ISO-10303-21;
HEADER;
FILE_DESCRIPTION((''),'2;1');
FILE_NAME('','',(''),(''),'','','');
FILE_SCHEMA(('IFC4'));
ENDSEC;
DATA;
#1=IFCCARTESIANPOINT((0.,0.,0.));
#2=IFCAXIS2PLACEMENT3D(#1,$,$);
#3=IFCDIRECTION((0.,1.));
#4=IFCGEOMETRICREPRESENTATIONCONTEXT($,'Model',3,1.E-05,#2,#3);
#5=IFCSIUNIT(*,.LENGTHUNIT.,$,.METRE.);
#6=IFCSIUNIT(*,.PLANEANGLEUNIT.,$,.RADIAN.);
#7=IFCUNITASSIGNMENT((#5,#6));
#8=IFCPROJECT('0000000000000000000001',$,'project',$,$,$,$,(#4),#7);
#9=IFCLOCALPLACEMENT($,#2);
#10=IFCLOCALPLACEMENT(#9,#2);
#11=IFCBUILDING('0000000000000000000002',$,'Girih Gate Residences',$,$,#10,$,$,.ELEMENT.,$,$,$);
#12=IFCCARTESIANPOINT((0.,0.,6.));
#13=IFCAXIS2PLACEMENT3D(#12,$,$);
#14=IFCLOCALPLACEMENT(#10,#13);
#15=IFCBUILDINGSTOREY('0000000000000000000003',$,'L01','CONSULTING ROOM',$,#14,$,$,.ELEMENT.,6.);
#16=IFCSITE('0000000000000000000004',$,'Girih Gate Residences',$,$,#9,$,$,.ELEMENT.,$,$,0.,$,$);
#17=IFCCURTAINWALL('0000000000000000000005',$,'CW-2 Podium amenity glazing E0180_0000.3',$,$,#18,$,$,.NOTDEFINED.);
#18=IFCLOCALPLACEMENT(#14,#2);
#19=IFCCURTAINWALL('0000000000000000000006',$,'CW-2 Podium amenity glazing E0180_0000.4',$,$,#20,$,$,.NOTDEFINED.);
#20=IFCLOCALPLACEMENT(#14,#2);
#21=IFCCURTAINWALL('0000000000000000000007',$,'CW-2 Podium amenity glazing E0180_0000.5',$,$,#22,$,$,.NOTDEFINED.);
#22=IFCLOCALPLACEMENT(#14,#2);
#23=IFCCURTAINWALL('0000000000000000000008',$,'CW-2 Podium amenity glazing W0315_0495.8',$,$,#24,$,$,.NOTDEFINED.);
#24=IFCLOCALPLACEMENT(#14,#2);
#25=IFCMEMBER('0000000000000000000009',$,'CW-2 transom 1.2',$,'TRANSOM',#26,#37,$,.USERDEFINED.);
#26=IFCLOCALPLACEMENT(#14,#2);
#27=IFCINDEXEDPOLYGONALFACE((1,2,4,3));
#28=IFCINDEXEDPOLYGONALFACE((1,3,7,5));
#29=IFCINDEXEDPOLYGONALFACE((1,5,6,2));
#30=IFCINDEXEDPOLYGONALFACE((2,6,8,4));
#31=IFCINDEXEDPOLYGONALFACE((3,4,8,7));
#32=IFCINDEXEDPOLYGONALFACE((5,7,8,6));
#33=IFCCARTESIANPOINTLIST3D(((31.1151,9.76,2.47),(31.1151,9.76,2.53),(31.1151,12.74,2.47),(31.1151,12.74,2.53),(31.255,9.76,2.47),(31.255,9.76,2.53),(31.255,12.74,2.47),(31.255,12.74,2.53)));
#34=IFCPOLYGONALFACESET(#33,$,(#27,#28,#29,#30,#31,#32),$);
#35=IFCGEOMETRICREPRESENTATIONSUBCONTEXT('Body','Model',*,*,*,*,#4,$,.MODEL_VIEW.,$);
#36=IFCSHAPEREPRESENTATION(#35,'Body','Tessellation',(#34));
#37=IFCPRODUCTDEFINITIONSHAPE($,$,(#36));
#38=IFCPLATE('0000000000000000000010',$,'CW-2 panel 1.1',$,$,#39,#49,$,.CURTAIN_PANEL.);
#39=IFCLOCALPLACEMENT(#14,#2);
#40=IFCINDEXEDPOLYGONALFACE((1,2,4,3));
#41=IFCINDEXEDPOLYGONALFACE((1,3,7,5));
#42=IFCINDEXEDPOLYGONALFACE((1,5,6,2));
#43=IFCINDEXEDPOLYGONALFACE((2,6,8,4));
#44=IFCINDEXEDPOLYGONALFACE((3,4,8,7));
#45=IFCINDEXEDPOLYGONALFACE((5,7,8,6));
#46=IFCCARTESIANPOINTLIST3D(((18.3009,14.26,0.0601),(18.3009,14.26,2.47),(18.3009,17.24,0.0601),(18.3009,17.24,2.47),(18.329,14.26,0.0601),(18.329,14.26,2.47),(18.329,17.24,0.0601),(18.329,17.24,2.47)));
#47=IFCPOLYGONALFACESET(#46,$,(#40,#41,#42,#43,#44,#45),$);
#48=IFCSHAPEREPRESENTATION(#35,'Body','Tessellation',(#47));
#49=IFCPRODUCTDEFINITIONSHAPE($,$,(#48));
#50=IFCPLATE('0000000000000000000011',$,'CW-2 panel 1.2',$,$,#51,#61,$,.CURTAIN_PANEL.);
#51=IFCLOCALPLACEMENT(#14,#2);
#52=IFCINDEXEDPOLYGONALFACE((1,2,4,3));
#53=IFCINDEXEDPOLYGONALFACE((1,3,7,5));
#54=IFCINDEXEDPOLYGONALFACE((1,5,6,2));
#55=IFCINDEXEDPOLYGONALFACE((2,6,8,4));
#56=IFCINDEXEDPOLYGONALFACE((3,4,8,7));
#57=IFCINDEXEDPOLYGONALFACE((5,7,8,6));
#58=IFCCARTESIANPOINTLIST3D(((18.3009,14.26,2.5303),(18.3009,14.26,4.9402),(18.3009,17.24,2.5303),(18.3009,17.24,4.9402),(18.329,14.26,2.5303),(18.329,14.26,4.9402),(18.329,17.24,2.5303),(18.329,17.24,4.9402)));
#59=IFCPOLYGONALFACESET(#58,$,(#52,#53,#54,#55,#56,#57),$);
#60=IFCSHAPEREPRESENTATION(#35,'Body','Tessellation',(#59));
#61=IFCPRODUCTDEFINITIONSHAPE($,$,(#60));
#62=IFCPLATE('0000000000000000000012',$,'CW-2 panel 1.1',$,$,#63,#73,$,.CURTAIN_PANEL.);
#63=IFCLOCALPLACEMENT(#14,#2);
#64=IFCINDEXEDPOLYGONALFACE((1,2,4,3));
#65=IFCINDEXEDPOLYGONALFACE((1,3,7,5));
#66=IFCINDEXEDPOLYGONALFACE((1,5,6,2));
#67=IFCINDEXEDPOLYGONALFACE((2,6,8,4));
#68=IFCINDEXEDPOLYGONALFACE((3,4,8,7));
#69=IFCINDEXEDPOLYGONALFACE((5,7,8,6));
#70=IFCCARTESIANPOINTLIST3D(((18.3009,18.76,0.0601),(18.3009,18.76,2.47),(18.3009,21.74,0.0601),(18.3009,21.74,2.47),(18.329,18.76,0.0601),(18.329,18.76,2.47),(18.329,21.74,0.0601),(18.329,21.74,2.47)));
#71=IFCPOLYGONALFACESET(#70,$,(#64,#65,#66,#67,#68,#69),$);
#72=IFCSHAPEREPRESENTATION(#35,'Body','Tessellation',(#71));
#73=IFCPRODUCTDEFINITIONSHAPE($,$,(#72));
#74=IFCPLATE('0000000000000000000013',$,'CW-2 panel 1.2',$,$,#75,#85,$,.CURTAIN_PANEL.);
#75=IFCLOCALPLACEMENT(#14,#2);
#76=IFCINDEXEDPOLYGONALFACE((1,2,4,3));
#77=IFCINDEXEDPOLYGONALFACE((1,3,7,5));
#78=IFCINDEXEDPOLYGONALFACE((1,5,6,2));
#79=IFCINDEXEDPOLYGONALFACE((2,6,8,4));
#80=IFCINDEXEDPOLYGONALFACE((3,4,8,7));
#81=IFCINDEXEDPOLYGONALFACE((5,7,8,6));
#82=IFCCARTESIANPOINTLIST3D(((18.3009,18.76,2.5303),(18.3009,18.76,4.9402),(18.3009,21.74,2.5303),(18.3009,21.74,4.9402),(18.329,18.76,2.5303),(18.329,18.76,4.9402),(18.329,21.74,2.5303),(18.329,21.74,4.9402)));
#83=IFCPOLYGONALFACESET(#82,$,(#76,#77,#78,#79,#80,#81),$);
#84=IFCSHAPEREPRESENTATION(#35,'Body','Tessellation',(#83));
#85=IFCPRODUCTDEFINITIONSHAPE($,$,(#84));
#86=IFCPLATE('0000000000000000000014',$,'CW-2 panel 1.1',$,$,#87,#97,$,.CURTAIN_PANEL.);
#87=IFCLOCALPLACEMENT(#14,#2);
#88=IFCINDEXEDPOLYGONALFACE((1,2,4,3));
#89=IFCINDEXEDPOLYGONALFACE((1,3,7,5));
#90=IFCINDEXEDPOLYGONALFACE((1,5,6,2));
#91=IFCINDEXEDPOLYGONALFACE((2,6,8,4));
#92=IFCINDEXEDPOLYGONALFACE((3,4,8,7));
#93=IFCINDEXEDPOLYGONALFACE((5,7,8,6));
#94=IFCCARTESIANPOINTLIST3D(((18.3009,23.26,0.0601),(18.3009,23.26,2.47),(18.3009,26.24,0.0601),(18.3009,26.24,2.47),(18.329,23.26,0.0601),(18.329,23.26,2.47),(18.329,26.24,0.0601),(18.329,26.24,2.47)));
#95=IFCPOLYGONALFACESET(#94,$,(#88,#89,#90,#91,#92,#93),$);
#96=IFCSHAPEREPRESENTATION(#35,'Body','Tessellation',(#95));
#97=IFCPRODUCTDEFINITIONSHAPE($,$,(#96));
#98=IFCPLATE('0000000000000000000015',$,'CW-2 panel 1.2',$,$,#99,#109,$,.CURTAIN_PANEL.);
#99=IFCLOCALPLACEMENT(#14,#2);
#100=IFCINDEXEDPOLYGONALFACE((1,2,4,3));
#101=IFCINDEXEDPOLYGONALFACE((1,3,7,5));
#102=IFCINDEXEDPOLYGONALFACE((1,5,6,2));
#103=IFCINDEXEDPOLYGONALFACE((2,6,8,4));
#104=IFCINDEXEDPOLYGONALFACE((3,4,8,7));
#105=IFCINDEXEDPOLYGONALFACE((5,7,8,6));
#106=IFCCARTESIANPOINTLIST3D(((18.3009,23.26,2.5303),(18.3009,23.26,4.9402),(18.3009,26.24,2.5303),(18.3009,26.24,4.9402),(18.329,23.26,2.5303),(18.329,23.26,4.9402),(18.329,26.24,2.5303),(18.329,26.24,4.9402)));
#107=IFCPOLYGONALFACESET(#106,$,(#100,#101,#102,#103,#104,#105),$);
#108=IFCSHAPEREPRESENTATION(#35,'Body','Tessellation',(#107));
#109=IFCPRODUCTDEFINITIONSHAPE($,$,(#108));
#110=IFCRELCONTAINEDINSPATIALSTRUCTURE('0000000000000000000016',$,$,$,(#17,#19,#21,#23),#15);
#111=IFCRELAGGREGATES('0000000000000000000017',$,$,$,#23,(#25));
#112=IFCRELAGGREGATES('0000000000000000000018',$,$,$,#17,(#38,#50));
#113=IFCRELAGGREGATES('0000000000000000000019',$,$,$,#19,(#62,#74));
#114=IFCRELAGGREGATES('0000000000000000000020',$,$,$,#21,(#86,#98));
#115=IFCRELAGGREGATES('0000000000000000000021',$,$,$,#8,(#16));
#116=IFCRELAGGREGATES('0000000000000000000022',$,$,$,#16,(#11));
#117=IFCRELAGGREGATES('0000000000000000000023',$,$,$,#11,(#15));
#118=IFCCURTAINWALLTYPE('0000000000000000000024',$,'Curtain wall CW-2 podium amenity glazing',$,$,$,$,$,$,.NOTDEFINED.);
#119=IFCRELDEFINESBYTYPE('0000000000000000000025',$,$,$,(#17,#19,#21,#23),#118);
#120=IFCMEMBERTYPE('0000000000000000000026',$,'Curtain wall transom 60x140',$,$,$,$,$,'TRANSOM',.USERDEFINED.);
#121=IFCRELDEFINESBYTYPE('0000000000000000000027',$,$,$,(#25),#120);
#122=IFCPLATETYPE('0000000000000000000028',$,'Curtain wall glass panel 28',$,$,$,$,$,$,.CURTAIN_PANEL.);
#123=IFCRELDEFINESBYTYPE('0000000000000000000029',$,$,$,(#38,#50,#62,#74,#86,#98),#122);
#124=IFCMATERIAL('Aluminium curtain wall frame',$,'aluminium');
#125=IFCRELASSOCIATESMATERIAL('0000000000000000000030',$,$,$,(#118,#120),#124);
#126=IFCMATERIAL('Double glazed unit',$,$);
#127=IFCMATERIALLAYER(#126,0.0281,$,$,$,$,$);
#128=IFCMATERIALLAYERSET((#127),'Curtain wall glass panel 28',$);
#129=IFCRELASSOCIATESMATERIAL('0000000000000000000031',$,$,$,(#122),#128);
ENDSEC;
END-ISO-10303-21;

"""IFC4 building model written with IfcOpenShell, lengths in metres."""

from ifc_helpers import new_model, si_unit, direction, frame, origin, origin_2d, place, context, subcontext, project, spatial, rectangle, extrude, material, layer, layer_set, material_profile, profile_set, type_object, element, aggregate, save


model = new_model("IFC4")

# Units and contexts
model_context = context("Model", 3, precision=1e-05, world=origin(), true_north=direction((0.0, 1.0)))
body_context = subcontext(model_context, "Body", "Model", "MODEL_VIEW")
ifc_project = project(units=[si_unit("LENGTHUNIT", "METRE"), si_unit("PLANEANGLEUNIT", "RADIAN")], contexts=[model_context])

# Site, building, storey
site_placement = place(None, origin())
site = spatial("IfcSite", under=ifc_project, at=site_placement, Name="Girih Gate Residences", CompositionType="ELEMENT", RefElevation=0.0)
building_placement = place(site_placement, origin())
building = spatial("IfcBuilding", under=site, at=building_placement, Name="Girih Gate Residences", CompositionType="ELEMENT")
storey_placement = place(building_placement, frame((0.0, 0.0, 6.0)))
storey = spatial("IfcBuildingStorey", under=building, at=storey_placement, Name="L01", Description="CONSULTING ROOM", CompositionType="ELEMENT", Elevation=6.0)

# Shared definitions
ifc_material_1 = material(Name="Aluminium curtain wall frame", Category="aluminium")
curtain_wall_type = type_object("IfcCurtainWallType", Name="Curtain wall CW-2 podium amenity glazing", PredefinedType="NOTDEFINED", material=ifc_material_1)

# Curtain walls
curtain_wall_1_placement = place(storey_placement, origin())
curtain_wall_1 = element("IfcCurtainWall", 1, at=curtain_wall_1_placement, inside=storey, type_object=curtain_wall_type, Name="CW-2 Podium amenity glazing E0180_0000.3", PredefinedType="NOTDEFINED")
curtain_wall_2_placement = place(storey_placement, origin())
curtain_wall_2 = element("IfcCurtainWall", 2, at=curtain_wall_2_placement, inside=storey, type_object=curtain_wall_type, Name="CW-2 Podium amenity glazing E0180_0000.4", PredefinedType="NOTDEFINED")

# Curtain wall
curtain_wall_3_placement = place(storey_placement, origin())
curtain_wall_3 = element("IfcCurtainWall", 3, at=curtain_wall_3_placement, inside=storey, type_object=curtain_wall_type, Name="CW-2 Podium amenity glazing E0180_0000.5", PredefinedType="NOTDEFINED")

# Shared definitions
ifc_material_profile_1 = material_profile(ifc_material_1, rectangle(XDim=0.1399, YDim=0.0601, at=origin_2d()))
ifc_profile_set_1 = profile_set([ifc_material_profile_1], Name="Aluminium curtain wall frame")
member_type_1 = type_object("IfcMemberType", Name="Curtain wall transom 60x140", ElementType="TRANSOM", PredefinedType="USERDEFINED", material=ifc_profile_set_1)

# Curtain wall, member
curtain_wall_4_placement = place(storey_placement, origin())
curtain_wall_4 = element("IfcCurtainWall", 4, at=curtain_wall_4_placement, inside=storey, type_object=curtain_wall_type, Name="CW-2 Podium amenity glazing W0315_0495.8", PredefinedType="NOTDEFINED")
member_1_placement = place(storey_placement, frame((31.1851, 12.74, 2.5), z_axis=(0.0, -1.0, 0.0), x_axis=(1.0, 0.0, 0.0)))
member_1 = element("IfcMember", 5, at=member_1_placement, type_object=member_type_1, Name="CW-2 transom 1.2", ObjectType="TRANSOM", PredefinedType="USERDEFINED", context=body_context, shape_type="SweptSolid", body=[
    extrude(rectangle(XDim=0.1399, YDim=0.0601, at=origin_2d()), origin(), (0.0, 0.0, 1.0), 2.98),
])
aggregate(curtain_wall_4, [member_1])

# Plates
ifc_material_2 = material(Name="Double glazed unit")
ifc_layer = layer(ifc_material_2, 0.0281)
ifc_layer_set = layer_set([ifc_layer], Name="Curtain wall glass panel 28")
plate_type = type_object("IfcPlateType", Name="Curtain wall glass panel 28", PredefinedType="CURTAIN_PANEL", material=ifc_layer_set)
plate_1_placement = place(storey_placement, frame((18.3149, 15.75, 0.0601), z_axis=(0.0, 0.0, 1.0), x_axis=(0.0, 1.0, 0.0)))
plate_1 = element("IfcPlate", 6, at=plate_1_placement, type_object=plate_type, Name="CW-2 panel 1.1", PredefinedType="CURTAIN_PANEL", context=body_context, shape_type="SweptSolid", body=[
    extrude(rectangle(XDim=2.98, YDim=0.0281, at=origin_2d()), origin(), (0.0, 0.0, 1.0), 2.4099),
])
plate_2_placement = place(storey_placement, frame((18.3149, 15.75, 2.5303), z_axis=(0.0, 0.0, 1.0), x_axis=(0.0, 1.0, 0.0)))
plate_2 = element("IfcPlate", 7, at=plate_2_placement, type_object=plate_type, Name="CW-2 panel 1.2", PredefinedType="CURTAIN_PANEL", context=body_context, shape_type="SweptSolid", body=[
    extrude(rectangle(XDim=2.98, YDim=0.0281, at=origin_2d()), origin(), (0.0, 0.0, 1.0), 2.4099),
])
aggregate(curtain_wall_1, [plate_1, plate_2])
plate_3_placement = place(storey_placement, frame((18.3149, 20.25, 0.0601), z_axis=(0.0, 0.0, 1.0), x_axis=(0.0, 1.0, 0.0)))
plate_3 = element("IfcPlate", 8, at=plate_3_placement, type_object=plate_type, Name="CW-2 panel 1.1", PredefinedType="CURTAIN_PANEL", context=body_context, shape_type="SweptSolid", body=[
    extrude(rectangle(XDim=2.98, YDim=0.0281, at=origin_2d()), origin(), (0.0, 0.0, 1.0), 2.4099),
])
plate_4_placement = place(storey_placement, frame((18.3149, 20.25, 2.5303), z_axis=(0.0, 0.0, 1.0), x_axis=(0.0, 1.0, 0.0)))
plate_4 = element("IfcPlate", 9, at=plate_4_placement, type_object=plate_type, Name="CW-2 panel 1.2", PredefinedType="CURTAIN_PANEL", context=body_context, shape_type="SweptSolid", body=[
    extrude(rectangle(XDim=2.98, YDim=0.0281, at=origin_2d()), origin(), (0.0, 0.0, 1.0), 2.4099),
])
aggregate(curtain_wall_2, [plate_3, plate_4])
plate_5_placement = place(storey_placement, frame((18.3149, 24.75, 0.0601), z_axis=(0.0, 0.0, 1.0), x_axis=(0.0, 1.0, 0.0)))
plate_5 = element("IfcPlate", 10, at=plate_5_placement, type_object=plate_type, Name="CW-2 panel 1.1", PredefinedType="CURTAIN_PANEL", context=body_context, shape_type="SweptSolid", body=[
    extrude(rectangle(XDim=2.98, YDim=0.0281, at=origin_2d()), origin(), (0.0, 0.0, 1.0), 2.4099),
])
plate_6_placement = place(storey_placement, frame((18.3149, 24.75, 2.5303), z_axis=(0.0, 0.0, 1.0), x_axis=(0.0, 1.0, 0.0)))
plate_6 = element("IfcPlate", 11, at=plate_6_placement, type_object=plate_type, Name="CW-2 panel 1.2", PredefinedType="CURTAIN_PANEL", context=body_context, shape_type="SweptSolid", body=[
    extrude(rectangle(XDim=2.98, YDim=0.0281, at=origin_2d()), origin(), (0.0, 0.0, 1.0), 2.4099),
])
aggregate(curtain_wall_3, [plate_5, plate_6])

save(model, "model.ifc")
